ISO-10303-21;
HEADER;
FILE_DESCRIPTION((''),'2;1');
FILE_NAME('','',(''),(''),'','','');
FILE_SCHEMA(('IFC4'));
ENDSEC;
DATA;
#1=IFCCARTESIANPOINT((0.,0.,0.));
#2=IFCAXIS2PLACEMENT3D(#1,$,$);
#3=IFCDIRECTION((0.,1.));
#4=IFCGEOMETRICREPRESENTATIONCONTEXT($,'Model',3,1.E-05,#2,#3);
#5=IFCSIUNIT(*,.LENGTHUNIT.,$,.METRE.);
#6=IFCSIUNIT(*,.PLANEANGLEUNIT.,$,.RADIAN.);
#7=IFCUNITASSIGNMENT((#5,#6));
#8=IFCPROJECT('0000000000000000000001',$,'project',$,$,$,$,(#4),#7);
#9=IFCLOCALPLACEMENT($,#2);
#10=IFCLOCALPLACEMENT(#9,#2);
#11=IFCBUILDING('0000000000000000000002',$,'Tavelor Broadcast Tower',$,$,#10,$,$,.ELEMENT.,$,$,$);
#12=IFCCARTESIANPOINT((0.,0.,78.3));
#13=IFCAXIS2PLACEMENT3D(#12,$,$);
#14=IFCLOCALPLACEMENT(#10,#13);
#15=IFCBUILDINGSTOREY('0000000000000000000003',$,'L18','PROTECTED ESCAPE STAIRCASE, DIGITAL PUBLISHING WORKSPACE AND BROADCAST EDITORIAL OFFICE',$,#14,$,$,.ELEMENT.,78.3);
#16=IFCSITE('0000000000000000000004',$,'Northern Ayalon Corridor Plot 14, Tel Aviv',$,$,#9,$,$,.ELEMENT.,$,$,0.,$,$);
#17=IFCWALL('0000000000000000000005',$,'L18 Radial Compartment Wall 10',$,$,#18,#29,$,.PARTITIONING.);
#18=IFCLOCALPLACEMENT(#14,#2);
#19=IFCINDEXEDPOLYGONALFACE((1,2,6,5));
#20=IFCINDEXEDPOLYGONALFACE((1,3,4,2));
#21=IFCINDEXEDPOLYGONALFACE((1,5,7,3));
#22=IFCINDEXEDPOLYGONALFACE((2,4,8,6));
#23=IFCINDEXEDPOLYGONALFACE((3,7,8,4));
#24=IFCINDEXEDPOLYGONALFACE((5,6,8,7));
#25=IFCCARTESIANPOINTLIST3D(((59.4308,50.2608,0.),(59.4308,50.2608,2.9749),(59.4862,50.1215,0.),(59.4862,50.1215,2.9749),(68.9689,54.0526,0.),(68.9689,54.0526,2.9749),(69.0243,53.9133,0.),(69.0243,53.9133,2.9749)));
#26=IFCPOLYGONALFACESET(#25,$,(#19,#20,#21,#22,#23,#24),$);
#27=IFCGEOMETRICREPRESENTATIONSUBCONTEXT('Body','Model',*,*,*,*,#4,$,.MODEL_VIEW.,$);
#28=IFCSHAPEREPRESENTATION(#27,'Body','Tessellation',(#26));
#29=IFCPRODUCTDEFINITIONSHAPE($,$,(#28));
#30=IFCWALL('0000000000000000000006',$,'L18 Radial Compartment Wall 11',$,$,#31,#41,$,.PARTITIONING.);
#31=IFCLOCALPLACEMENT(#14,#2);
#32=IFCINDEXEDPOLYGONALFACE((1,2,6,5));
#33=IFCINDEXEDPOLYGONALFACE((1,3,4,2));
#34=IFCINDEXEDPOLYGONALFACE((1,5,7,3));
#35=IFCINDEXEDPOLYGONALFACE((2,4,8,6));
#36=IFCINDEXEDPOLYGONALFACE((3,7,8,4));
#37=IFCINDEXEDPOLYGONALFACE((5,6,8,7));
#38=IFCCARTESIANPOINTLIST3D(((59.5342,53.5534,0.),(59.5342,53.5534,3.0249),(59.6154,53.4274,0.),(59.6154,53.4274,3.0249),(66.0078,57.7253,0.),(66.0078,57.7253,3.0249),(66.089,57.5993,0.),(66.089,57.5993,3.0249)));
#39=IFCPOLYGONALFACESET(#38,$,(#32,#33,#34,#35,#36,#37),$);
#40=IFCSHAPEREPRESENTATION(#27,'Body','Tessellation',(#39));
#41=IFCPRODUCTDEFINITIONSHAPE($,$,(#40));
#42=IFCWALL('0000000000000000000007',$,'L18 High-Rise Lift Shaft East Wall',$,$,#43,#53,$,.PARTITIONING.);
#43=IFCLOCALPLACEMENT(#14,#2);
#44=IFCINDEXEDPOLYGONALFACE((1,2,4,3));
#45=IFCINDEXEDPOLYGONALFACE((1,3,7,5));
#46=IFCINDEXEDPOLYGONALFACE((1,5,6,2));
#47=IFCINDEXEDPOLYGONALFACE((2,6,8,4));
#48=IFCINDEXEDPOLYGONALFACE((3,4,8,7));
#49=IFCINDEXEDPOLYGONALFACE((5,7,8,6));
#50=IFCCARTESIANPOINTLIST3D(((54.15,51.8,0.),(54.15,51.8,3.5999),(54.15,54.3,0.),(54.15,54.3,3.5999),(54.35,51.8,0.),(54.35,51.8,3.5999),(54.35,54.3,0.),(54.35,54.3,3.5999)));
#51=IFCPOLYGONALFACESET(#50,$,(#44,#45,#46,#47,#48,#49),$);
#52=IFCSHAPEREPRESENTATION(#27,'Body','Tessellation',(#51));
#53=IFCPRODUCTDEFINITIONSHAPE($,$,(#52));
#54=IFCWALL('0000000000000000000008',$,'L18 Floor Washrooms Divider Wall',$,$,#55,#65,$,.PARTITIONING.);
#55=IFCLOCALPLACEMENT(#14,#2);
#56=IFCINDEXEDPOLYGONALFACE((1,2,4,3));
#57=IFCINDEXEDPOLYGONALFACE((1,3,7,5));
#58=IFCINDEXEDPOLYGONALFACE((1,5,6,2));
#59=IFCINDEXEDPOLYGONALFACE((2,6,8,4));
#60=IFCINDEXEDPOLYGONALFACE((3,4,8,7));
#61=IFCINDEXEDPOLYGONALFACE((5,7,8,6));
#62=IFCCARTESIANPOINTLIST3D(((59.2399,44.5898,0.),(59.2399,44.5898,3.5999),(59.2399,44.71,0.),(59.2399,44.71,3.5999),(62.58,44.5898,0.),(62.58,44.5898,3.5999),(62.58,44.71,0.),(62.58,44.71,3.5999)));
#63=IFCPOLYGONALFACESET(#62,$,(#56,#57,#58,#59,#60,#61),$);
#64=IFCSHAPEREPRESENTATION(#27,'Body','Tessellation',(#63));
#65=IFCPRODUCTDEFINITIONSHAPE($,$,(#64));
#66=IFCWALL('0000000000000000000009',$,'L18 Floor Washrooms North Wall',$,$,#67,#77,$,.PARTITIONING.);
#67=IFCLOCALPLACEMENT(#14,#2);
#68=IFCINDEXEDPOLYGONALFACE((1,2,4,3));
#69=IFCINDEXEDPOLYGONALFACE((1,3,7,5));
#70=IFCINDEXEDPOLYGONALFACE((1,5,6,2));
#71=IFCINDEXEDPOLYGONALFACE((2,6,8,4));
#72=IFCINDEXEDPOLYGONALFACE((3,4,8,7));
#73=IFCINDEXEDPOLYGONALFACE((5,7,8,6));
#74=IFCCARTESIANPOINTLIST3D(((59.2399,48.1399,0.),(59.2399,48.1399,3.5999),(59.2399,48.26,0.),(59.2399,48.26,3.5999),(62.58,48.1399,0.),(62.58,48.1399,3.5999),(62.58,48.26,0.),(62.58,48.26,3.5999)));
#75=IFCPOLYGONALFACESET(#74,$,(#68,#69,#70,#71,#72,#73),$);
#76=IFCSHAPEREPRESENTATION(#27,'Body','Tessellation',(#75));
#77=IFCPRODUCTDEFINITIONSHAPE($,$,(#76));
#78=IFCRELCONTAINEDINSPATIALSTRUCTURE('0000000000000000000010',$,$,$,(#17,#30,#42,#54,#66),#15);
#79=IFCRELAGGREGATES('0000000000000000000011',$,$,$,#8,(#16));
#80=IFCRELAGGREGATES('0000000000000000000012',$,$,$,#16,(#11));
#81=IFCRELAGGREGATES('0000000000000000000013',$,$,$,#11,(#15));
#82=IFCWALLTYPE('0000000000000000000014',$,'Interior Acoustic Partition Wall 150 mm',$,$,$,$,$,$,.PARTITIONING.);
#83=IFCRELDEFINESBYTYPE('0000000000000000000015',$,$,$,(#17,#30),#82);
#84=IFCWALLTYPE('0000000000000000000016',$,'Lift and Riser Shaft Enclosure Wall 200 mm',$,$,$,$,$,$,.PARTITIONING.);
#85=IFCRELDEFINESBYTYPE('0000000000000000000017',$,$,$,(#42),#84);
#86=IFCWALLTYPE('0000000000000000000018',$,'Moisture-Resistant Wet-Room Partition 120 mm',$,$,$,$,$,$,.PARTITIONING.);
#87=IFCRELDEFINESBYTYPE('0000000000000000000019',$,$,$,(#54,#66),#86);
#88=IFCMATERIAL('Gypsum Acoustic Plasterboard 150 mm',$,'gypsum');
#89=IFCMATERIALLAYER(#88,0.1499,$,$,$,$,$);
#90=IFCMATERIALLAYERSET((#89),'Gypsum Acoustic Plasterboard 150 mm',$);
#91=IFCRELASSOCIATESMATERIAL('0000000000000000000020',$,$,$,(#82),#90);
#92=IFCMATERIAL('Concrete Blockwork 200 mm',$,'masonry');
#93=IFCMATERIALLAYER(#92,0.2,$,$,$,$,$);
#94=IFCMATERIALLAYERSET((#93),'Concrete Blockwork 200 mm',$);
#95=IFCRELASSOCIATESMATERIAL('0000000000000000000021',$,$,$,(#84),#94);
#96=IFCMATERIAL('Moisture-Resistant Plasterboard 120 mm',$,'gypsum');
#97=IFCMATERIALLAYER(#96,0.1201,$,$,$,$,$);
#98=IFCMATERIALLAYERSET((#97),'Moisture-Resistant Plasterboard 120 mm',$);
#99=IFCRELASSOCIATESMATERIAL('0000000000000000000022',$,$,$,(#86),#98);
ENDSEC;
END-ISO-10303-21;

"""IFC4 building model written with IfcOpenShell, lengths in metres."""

from ifc_helpers import new_model, si_unit, direction, frame, frame_2d, origin, place, context, subcontext, project, spatial, rectangle, extrude, material, layer, layer_set, type_object, element, save


model = new_model("IFC4")

# Units and contexts
model_context = context("Model", 3, precision=1e-05, world=origin(), true_north=direction((0.0, 1.0)))
body_context = subcontext(model_context, "Body", "Model", "MODEL_VIEW")
ifc_project = project(units=[si_unit("LENGTHUNIT", "METRE"), si_unit("PLANEANGLEUNIT", "RADIAN")], contexts=[model_context])

# Site, building, storey
site_placement = place(None, origin())
site = spatial("IfcSite", under=ifc_project, at=site_placement, Name="Northern Ayalon Corridor Plot 14, Tel Aviv", CompositionType="ELEMENT", RefElevation=0.0)
building_placement = place(site_placement, origin())
building = spatial("IfcBuilding", under=site, at=building_placement, Name="Tavelor Broadcast Tower", CompositionType="ELEMENT")
storey_placement = place(building_placement, frame((0.0, 0.0, 78.3)))
storey = spatial("IfcBuildingStorey", under=building, at=storey_placement, Name="L18", Description="PROTECTED ESCAPE STAIRCASE, DIGITAL PUBLISHING WORKSPACE AND BROADCAST EDITORIAL OFFICE", CompositionType="ELEMENT", Elevation=78.3)

# Walls
ifc_material_1 = material(Name="Gypsum Acoustic Plasterboard 150 mm", Category="gypsum")
ifc_layer_1 = layer(ifc_material_1, 0.1499)
ifc_layer_set_1 = layer_set([ifc_layer_1], Name="Gypsum Acoustic Plasterboard 150 mm")
wall_type_1 = type_object("IfcWallType", Name="Interior Acoustic Partition Wall 150 mm", PredefinedType="PARTITIONING", material=ifc_layer_set_1)
wall_1_placement = place(storey_placement, frame((59.4585, 50.1912, 0.0), z_axis=(0.0, 0.0, 1.0), x_axis=(0.929264, 0.369417, 0.0)))
element("IfcWall", 1, at=wall_1_placement, inside=storey, type_object=wall_type_1, Name="L18 Radial Compartment Wall 10", PredefinedType="PARTITIONING", context=body_context, shape_type="SweptSolid", body=[
    extrude(rectangle(XDim=10.2642, YDim=0.1499, at=frame_2d((5.1321, 0.0))), origin(), (0.0, 0.0, 1.0), 2.9749),
])
wall_2_placement = place(storey_placement, frame((59.575, 53.4905, 0.0), z_axis=(0.0, 0.0, 1.0), x_axis=(0.840572, 0.541699, 0.0)))
element("IfcWall", 2, at=wall_2_placement, inside=storey, type_object=wall_type_1, Name="L18 Radial Compartment Wall 11", PredefinedType="PARTITIONING", context=body_context, shape_type="SweptSolid", body=[
    extrude(rectangle(XDim=7.7014, YDim=0.1499, at=frame_2d((3.8506, 0.0))), origin(), (0.0, 0.0, 1.0), 3.0249),
])
ifc_material_2 = material(Name="Concrete Blockwork 200 mm", Category="masonry")
ifc_layer_2 = layer(ifc_material_2, 0.2)
ifc_layer_set_2 = layer_set([ifc_layer_2], Name="Concrete Blockwork 200 mm")
wall_type_2 = type_object("IfcWallType", Name="Lift and Riser Shaft Enclosure Wall 200 mm", PredefinedType="PARTITIONING", material=ifc_layer_set_2)
wall_3_placement = place(storey_placement, frame((54.25, 51.8, 0.0), z_axis=(0.0, 0.0, 1.0), x_axis=(0.0, 1.0, 0.0)))
element("IfcWall", 3, at=wall_3_placement, inside=storey, type_object=wall_type_2, Name="L18 High-Rise Lift Shaft East Wall", PredefinedType="PARTITIONING", context=body_context, shape_type="SweptSolid", body=[
    extrude(rectangle(XDim=2.5, YDim=0.2, at=frame_2d((1.25, 0.0))), origin(), (0.0, 0.0, 1.0), 3.5999),
])
ifc_material_3 = material(Name="Moisture-Resistant Plasterboard 120 mm", Category="gypsum")
ifc_layer_3 = layer(ifc_material_3, 0.1201)
ifc_layer_set_3 = layer_set([ifc_layer_3], Name="Moisture-Resistant Plasterboard 120 mm")
wall_type_3 = type_object("IfcWallType", Name="Moisture-Resistant Wet-Room Partition 120 mm", PredefinedType="PARTITIONING", material=ifc_layer_set_3)
for number, where, z_axis, x_axis, name in (
    (4, (59.24, 44.6499, 0.0), (0.0, 0.0, 1.0), (1.0, 0.0, 0.0), "L18 Floor Washrooms Divider Wall"),
    (5, (59.24, 48.2, 0.0), (0.0, 0.0, 1.0), (1.0, 0.0, 0.0), "L18 Floor Washrooms North Wall"),
):
    element("IfcWall", number, at=place(storey_placement, frame(where, z_axis=z_axis, x_axis=x_axis)), inside=storey, type_object=wall_type_3, Name=name, PredefinedType="PARTITIONING", context=body_context, shape_type="SweptSolid", body=[
        extrude(rectangle(XDim=3.3401, YDim=0.1201, at=frame_2d((1.6699, 0.0))), origin(), (0.0, 0.0, 1.0), 3.5999),
    ])

save(model, "model.ifc")
